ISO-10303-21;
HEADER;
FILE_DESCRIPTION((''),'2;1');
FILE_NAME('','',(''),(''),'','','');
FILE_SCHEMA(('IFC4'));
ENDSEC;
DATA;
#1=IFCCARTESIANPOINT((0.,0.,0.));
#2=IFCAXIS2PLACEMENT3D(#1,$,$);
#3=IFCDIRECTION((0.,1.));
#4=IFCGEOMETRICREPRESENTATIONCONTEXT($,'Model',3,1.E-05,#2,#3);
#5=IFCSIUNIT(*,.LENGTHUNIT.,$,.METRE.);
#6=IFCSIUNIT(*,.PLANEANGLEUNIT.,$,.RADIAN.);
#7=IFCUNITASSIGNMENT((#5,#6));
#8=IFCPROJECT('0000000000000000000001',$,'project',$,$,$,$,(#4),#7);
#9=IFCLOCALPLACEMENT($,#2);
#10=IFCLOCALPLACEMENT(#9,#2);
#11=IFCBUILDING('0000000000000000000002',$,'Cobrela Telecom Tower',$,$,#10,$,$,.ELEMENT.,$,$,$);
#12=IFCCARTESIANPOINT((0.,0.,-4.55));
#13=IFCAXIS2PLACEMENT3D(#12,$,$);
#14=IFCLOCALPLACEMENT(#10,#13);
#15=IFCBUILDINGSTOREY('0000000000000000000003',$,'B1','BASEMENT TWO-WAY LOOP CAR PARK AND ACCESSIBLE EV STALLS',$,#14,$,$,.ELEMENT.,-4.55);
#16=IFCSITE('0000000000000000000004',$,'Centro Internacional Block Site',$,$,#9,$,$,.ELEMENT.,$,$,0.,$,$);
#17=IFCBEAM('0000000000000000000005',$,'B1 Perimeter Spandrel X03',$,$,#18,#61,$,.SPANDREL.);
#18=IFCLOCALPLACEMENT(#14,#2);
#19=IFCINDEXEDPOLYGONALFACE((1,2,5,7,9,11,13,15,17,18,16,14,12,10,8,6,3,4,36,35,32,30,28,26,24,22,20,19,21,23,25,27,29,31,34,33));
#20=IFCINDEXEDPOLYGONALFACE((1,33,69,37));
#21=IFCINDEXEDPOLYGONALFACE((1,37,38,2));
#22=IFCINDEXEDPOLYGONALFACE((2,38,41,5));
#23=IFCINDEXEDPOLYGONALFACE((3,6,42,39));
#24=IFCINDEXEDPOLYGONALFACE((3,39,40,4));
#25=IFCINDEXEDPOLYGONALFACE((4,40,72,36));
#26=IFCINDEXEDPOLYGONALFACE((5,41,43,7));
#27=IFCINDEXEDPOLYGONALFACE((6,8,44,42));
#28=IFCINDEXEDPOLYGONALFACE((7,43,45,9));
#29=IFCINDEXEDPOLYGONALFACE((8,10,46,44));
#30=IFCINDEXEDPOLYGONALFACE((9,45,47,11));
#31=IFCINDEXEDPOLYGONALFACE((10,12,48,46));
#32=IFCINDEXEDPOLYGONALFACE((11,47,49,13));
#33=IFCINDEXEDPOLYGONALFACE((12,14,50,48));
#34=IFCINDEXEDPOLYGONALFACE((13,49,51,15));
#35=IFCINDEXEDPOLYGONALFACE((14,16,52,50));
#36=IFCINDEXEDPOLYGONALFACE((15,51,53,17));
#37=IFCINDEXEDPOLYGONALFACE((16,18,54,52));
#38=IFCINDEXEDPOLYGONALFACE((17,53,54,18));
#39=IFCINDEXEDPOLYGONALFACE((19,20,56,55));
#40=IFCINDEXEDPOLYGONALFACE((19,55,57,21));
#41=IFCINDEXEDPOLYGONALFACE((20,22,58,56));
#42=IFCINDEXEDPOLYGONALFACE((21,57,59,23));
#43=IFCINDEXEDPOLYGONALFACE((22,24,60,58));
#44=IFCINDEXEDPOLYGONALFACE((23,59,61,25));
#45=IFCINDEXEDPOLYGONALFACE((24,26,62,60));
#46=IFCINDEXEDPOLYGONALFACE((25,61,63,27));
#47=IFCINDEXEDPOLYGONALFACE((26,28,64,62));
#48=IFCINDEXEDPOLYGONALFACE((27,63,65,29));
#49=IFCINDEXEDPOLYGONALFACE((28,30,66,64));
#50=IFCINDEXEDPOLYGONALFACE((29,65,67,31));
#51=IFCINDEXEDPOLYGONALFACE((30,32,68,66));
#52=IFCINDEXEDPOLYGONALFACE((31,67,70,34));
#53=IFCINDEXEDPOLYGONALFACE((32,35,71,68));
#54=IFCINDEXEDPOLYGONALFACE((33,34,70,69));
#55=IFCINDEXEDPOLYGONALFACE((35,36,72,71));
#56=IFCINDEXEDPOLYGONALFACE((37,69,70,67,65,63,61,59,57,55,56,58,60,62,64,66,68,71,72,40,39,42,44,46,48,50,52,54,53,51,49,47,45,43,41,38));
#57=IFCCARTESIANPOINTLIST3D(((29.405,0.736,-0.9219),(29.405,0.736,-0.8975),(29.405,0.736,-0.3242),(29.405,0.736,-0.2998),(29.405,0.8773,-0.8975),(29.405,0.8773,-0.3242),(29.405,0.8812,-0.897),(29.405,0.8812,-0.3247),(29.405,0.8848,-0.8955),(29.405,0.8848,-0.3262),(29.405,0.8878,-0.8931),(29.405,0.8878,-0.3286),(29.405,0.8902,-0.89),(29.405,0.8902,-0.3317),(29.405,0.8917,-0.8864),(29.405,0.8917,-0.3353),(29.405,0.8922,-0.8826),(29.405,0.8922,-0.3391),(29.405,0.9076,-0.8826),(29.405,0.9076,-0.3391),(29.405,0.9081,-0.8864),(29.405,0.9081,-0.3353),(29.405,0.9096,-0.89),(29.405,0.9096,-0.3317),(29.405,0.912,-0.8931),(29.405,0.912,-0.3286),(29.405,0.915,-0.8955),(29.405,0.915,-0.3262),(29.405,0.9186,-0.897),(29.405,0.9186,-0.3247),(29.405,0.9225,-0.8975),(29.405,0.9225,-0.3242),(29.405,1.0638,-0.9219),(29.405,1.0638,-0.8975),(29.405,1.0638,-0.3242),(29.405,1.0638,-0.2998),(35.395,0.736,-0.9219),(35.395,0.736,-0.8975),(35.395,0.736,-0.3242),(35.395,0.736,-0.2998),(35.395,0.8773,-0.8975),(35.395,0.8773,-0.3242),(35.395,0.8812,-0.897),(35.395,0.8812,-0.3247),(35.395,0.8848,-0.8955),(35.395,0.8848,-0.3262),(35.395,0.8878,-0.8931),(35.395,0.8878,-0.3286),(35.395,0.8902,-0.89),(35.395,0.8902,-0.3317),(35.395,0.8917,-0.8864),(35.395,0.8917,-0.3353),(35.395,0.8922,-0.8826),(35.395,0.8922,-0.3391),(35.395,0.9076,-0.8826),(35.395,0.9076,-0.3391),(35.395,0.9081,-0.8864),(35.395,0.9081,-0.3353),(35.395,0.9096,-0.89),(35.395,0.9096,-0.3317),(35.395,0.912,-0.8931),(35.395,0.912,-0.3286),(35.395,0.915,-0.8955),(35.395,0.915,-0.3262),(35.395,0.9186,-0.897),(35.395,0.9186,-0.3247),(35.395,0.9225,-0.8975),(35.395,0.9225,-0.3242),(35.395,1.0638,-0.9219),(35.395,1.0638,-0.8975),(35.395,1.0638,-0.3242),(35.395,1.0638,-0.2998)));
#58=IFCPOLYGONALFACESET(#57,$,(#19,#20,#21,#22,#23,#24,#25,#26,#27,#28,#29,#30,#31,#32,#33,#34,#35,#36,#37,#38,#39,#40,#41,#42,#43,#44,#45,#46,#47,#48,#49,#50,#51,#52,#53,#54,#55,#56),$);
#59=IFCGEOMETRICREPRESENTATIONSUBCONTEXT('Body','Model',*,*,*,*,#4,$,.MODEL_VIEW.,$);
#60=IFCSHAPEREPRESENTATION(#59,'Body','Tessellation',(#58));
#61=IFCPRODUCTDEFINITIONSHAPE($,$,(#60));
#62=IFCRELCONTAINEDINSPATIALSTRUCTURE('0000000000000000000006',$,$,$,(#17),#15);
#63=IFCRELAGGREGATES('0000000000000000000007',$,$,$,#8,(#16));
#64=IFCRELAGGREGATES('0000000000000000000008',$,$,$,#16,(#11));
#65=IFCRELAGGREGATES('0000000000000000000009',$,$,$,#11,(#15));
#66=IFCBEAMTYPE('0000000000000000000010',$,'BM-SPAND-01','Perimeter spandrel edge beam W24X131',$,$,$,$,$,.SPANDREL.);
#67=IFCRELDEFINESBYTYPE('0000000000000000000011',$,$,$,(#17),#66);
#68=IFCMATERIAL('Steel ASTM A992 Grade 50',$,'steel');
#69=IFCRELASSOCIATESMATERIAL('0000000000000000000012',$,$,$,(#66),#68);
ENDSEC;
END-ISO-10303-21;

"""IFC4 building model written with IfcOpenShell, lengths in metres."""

from ifc_helpers import new_model, si_unit, direction, frame, origin, origin_2d, place, context, subcontext, project, spatial, i_section, extrude, material, material_profile, profile_set, type_object, element, save


model = new_model("IFC4")

# Units and contexts
model_context = context("Model", 3, precision=1e-05, world=origin(), true_north=direction((0.0, 1.0)))
body_context = subcontext(model_context, "Body", "Model", "MODEL_VIEW")
ifc_project = project(units=[si_unit("LENGTHUNIT", "METRE"), si_unit("PLANEANGLEUNIT", "RADIAN")], contexts=[model_context])

# Site, building, storey
site_placement = place(None, origin())
site = spatial("IfcSite", under=ifc_project, at=site_placement, Name="Centro Internacional Block Site", CompositionType="ELEMENT", RefElevation=0.0)
building_placement = place(site_placement, origin())
building = spatial("IfcBuilding", under=site, at=building_placement, Name="Cobrela Telecom Tower", CompositionType="ELEMENT")
storey_placement = place(building_placement, frame((0.0, 0.0, -4.55)))
storey = spatial("IfcBuildingStorey", under=building, at=storey_placement, Name="B1", Description="BASEMENT TWO-WAY LOOP CAR PARK AND ACCESSIBLE EV STALLS", CompositionType="ELEMENT", Elevation=-4.55)

# Beam
ifc_material_1 = material(Name="Steel ASTM A992 Grade 50", Category="steel")
ifc_material_profile_1 = material_profile(ifc_material_1, i_section(OverallWidth=0.3279, OverallDepth=0.6221, WebThickness=0.0154, FlangeThickness=0.0244, FilletRadius=0.0149, at=origin_2d()), Name="W24X131")
ifc_profile_set_1 = profile_set([ifc_material_profile_1], Name="Steel ASTM A992 Grade 50")
beam_type_1 = type_object("IfcBeamType", Name="BM-SPAND-01", Description="Perimeter spandrel edge beam W24X131", PredefinedType="SPANDREL", material=ifc_profile_set_1)
beam_1_placement = place(storey_placement, frame((29.405, 0.8999, -0.6108), z_axis=(1.0, 0.0, 0.0), x_axis=(0.0, 1.0, 0.0)))
element("IfcBeam", 1, at=beam_1_placement, inside=storey, type_object=beam_type_1, Name="B1 Perimeter Spandrel X03", PredefinedType="SPANDREL", context=body_context, shape_type="SweptSolid", body=[
    extrude(i_section(OverallWidth=0.3279, OverallDepth=0.6221, WebThickness=0.0154, FlangeThickness=0.0244, FilletRadius=0.0149, at=origin_2d()), origin(), (0.0, 0.0, 1.0), 5.99),
])

save(model, "model.ifc")
